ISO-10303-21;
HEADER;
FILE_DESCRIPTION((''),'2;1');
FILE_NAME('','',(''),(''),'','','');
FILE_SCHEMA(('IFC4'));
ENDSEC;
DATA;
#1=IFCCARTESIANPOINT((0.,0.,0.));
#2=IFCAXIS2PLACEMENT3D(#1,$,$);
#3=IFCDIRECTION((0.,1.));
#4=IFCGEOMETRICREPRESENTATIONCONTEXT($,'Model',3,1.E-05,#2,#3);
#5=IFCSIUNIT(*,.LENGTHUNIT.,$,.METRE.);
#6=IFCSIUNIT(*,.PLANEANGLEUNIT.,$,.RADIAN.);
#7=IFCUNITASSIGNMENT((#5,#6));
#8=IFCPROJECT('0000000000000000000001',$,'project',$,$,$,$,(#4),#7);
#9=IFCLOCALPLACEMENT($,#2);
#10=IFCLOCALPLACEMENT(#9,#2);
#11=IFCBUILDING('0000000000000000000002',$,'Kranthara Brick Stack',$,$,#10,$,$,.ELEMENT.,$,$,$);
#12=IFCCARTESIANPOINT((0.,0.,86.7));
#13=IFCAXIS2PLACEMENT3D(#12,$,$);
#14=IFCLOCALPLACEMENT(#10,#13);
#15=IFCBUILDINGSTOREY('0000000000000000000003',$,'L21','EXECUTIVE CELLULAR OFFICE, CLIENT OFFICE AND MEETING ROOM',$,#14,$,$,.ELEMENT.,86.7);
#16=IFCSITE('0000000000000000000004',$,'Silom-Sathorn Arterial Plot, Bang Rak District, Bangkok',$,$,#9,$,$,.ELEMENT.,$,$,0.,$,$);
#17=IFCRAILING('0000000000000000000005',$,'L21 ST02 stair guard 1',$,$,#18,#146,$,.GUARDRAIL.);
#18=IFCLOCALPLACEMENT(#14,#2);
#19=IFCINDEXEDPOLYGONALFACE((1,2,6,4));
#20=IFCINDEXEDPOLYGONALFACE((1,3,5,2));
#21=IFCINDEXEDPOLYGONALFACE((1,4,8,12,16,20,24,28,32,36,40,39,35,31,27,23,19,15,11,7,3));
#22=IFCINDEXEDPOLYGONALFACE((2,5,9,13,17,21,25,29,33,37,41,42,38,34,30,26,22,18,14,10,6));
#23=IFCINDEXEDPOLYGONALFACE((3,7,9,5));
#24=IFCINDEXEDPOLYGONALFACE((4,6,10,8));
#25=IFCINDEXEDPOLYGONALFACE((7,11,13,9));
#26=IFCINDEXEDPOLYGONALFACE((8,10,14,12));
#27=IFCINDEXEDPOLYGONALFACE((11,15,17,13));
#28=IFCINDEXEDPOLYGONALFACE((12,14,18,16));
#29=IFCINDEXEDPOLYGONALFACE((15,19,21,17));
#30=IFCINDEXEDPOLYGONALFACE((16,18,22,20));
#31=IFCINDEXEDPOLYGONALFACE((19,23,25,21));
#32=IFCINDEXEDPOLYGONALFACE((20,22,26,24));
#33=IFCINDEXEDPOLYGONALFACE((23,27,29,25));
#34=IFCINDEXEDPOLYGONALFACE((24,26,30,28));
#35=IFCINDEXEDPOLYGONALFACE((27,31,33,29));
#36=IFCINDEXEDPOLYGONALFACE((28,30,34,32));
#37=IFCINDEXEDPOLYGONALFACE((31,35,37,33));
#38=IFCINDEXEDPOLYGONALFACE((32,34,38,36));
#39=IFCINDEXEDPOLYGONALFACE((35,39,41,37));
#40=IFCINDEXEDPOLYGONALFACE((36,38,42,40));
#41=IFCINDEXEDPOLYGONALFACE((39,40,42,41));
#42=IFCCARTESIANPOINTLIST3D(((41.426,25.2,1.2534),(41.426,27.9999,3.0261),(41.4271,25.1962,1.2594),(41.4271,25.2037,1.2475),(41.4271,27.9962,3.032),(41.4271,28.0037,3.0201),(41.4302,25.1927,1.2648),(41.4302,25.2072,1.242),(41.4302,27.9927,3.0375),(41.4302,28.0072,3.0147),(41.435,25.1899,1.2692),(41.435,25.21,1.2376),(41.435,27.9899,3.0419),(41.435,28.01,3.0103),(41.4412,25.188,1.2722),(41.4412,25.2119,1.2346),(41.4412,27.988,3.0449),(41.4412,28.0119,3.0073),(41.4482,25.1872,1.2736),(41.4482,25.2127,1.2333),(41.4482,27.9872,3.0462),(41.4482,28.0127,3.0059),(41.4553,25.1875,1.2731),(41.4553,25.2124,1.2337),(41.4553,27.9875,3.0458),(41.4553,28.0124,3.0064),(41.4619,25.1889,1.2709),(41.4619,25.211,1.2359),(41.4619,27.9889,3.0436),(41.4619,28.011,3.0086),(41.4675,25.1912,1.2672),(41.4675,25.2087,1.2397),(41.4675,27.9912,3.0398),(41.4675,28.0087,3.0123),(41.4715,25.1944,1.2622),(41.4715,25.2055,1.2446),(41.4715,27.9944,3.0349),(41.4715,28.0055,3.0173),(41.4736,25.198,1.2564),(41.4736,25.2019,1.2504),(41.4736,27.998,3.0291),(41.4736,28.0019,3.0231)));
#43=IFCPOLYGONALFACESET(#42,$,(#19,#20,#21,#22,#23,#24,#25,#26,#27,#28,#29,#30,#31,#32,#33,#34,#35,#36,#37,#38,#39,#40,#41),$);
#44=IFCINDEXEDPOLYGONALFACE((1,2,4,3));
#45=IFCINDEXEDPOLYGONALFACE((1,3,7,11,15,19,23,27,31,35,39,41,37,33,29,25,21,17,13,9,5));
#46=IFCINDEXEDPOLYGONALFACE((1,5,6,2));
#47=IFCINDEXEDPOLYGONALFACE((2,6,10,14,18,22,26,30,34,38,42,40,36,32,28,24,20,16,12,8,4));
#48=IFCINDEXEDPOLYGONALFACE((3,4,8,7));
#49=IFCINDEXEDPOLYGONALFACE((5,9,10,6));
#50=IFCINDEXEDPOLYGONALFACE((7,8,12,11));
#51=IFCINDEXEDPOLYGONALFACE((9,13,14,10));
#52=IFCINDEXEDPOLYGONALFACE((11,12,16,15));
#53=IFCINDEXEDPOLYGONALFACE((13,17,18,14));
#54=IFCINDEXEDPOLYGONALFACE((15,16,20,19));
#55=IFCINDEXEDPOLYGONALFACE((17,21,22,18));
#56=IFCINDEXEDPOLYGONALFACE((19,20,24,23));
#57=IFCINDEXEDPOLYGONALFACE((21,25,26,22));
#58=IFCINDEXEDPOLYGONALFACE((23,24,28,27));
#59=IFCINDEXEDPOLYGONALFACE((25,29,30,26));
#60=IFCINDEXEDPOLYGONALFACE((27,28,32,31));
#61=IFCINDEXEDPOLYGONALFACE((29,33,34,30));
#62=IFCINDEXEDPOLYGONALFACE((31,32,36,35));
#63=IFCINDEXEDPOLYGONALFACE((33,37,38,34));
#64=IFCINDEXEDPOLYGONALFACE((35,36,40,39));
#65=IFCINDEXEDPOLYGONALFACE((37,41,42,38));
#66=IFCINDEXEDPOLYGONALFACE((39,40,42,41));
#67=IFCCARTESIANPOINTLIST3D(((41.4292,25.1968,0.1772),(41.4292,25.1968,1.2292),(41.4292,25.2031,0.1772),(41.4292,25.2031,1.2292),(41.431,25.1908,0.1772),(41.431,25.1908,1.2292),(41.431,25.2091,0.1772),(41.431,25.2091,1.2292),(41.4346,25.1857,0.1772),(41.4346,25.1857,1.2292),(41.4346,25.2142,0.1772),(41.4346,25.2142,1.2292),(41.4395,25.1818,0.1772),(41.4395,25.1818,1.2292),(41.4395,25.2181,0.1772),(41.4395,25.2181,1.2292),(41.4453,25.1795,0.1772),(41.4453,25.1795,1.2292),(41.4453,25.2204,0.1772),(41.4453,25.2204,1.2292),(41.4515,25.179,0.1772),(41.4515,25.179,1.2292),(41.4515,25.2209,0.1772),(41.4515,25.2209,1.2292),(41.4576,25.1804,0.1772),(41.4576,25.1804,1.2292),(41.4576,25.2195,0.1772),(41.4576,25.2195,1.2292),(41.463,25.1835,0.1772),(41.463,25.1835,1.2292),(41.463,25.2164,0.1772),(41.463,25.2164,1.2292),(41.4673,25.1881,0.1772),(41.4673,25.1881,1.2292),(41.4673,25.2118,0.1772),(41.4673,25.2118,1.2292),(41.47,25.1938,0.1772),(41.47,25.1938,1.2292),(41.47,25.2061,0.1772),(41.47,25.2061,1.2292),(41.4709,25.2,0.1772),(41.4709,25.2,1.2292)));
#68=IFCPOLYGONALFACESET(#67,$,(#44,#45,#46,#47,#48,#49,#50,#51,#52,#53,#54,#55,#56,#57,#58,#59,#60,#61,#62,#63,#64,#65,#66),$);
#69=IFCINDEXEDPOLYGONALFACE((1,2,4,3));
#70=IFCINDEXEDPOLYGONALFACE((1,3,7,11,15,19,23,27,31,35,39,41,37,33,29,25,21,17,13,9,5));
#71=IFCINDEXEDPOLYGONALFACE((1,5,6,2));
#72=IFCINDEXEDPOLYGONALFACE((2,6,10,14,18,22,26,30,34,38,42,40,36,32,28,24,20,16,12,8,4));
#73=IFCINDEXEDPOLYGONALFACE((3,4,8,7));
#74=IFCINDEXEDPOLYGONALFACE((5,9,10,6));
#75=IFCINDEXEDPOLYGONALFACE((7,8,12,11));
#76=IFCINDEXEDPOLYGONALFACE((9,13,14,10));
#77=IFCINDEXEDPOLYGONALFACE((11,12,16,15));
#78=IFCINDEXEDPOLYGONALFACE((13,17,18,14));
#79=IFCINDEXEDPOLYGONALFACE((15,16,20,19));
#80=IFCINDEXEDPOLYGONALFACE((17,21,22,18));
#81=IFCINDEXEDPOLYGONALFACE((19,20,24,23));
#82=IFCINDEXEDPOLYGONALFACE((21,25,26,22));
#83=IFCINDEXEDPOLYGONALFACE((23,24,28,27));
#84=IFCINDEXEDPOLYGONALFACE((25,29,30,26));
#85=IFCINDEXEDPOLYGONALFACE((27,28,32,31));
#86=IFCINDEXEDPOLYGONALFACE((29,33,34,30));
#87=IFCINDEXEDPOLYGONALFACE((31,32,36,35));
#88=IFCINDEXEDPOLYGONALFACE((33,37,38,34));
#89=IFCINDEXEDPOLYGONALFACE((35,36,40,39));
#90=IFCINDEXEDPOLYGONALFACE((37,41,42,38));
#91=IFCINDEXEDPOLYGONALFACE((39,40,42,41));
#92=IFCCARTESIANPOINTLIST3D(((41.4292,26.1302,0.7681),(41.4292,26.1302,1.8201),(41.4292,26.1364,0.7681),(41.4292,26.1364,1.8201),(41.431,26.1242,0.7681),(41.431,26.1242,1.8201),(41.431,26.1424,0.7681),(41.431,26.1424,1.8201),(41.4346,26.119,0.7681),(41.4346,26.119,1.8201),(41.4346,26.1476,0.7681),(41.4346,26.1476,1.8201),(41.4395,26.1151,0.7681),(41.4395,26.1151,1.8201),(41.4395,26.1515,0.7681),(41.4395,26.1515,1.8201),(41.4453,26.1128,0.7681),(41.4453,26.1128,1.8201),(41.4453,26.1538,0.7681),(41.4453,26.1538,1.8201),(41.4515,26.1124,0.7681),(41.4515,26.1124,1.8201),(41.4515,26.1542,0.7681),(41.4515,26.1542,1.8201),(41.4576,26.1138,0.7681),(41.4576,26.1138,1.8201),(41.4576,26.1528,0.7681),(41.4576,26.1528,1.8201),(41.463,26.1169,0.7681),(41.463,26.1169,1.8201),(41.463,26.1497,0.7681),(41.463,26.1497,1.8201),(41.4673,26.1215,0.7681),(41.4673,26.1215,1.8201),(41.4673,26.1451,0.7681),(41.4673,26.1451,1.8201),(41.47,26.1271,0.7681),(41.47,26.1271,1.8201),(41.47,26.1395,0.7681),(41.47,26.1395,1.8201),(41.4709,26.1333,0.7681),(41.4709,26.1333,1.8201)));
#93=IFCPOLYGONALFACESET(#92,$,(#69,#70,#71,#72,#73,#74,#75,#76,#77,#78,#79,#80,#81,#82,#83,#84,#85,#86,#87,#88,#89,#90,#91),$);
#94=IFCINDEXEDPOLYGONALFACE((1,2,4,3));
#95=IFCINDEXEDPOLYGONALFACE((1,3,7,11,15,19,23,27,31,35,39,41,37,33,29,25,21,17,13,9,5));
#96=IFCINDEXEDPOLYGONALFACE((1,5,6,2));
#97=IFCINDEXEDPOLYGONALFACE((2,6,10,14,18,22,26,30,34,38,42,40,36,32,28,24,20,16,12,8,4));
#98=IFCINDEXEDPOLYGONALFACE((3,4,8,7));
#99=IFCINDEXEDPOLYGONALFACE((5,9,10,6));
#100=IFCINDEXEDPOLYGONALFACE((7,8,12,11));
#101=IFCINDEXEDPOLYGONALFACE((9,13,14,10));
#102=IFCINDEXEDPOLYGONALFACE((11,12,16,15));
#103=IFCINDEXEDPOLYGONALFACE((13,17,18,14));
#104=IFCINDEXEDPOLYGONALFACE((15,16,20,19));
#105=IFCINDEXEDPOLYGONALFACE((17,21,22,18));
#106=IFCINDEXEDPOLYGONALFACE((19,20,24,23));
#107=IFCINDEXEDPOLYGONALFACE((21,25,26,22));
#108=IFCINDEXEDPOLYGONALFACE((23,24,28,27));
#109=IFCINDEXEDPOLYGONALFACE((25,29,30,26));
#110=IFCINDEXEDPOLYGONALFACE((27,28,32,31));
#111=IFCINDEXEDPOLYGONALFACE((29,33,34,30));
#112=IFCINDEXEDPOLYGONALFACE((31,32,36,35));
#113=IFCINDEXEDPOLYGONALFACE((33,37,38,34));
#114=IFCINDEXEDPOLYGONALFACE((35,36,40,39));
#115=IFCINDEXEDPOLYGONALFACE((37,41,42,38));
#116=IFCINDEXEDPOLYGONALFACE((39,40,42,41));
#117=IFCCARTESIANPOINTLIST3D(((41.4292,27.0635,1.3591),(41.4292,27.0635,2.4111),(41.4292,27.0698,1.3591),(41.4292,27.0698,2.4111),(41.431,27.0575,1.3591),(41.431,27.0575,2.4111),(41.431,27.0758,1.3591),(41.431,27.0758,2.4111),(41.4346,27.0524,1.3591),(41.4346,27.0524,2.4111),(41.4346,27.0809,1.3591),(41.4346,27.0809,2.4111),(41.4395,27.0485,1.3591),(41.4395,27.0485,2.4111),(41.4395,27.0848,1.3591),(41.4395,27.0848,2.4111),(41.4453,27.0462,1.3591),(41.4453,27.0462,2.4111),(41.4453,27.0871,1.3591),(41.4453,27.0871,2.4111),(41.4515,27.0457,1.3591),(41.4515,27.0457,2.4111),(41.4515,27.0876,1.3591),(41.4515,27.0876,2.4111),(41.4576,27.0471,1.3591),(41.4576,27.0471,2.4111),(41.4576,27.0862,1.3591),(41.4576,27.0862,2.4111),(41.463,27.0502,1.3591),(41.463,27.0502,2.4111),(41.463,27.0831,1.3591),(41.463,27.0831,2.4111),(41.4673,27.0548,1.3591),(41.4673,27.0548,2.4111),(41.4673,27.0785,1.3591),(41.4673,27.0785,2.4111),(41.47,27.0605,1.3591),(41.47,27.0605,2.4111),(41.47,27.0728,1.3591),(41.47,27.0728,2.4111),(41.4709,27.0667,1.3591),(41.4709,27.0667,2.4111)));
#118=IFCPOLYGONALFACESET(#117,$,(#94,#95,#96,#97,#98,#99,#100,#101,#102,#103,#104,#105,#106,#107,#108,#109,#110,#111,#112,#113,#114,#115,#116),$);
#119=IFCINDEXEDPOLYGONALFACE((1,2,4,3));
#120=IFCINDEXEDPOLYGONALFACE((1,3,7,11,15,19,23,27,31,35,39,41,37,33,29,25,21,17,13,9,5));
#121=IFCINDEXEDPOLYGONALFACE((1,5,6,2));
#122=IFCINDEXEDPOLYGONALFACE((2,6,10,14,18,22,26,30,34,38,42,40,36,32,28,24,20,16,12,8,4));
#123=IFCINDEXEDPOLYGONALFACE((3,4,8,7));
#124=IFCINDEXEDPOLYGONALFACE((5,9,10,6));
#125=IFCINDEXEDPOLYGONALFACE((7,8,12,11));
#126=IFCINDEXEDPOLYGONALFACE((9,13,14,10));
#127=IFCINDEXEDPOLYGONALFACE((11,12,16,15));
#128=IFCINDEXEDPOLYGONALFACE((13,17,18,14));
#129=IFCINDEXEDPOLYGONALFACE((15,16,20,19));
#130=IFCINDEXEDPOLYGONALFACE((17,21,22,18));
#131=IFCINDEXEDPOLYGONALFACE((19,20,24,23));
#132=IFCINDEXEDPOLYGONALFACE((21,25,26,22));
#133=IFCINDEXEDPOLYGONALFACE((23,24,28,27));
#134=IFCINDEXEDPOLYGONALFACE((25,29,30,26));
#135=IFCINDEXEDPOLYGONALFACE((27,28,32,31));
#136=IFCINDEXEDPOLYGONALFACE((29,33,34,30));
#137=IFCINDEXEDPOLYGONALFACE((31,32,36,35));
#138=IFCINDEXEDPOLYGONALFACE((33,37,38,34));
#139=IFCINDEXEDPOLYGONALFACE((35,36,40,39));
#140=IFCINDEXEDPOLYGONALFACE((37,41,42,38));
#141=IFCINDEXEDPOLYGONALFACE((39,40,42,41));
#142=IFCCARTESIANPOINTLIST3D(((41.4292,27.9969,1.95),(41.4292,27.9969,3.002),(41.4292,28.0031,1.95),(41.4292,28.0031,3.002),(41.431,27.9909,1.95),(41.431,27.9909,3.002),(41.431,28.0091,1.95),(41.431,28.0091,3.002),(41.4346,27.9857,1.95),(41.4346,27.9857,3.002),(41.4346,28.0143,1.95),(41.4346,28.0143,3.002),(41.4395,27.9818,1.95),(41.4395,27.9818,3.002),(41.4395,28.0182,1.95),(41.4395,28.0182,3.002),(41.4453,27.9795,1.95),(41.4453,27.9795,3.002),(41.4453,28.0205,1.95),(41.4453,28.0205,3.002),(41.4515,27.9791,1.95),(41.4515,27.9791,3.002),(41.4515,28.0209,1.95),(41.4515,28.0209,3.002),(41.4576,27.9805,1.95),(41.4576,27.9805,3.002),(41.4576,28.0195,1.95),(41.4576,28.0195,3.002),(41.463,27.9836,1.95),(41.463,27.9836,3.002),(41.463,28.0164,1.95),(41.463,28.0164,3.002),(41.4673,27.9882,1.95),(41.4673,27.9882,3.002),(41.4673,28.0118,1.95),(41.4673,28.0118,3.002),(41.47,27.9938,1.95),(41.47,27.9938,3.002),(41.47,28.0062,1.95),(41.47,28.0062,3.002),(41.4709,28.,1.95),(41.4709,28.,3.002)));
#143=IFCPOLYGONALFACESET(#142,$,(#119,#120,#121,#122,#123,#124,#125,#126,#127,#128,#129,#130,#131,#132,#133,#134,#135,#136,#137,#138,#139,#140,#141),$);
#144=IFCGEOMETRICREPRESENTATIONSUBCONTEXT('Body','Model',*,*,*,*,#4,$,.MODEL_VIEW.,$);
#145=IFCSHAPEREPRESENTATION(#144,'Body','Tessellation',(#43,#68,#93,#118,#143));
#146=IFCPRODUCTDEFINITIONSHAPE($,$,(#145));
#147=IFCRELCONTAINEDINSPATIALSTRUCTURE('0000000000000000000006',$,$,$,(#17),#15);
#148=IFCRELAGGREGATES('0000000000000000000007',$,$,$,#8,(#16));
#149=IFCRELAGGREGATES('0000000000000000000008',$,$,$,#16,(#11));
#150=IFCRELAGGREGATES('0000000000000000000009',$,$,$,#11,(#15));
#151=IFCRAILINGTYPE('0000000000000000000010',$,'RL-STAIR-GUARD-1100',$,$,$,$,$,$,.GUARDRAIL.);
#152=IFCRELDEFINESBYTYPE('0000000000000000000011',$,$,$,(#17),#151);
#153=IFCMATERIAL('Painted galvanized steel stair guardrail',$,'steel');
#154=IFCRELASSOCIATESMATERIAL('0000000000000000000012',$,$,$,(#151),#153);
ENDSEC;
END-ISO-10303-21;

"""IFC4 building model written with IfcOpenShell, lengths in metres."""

from ifc_helpers import new_model, si_unit, direction, frame, origin, origin_2d, place, context, subcontext, project, spatial, circle, extrude, material, type_object, element, save


model = new_model("IFC4")

# Units and contexts
model_context = context("Model", 3, precision=1e-05, world=origin(), true_north=direction((0.0, 1.0)))
body_context = subcontext(model_context, "Body", "Model", "MODEL_VIEW")
ifc_project = project(units=[si_unit("LENGTHUNIT", "METRE"), si_unit("PLANEANGLEUNIT", "RADIAN")], contexts=[model_context])

# Site, building, storey
site_placement = place(None, origin())
site = spatial("IfcSite", under=ifc_project, at=site_placement, Name="Silom-Sathorn Arterial Plot, Bang Rak District, Bangkok", CompositionType="ELEMENT", RefElevation=0.0)
building_placement = place(site_placement, origin())
building = spatial("IfcBuilding", under=site, at=building_placement, Name="Kranthara Brick Stack", CompositionType="ELEMENT")
storey_placement = place(building_placement, frame((0.0, 0.0, 86.7)))
storey = spatial("IfcBuildingStorey", under=building, at=storey_placement, Name="L21", Description="EXECUTIVE CELLULAR OFFICE, CLIENT OFFICE AND MEETING ROOM", CompositionType="ELEMENT", Elevation=86.7)

# Railing
ifc_material_1 = material(Name="Painted galvanized steel stair guardrail", Category="steel")
railing_type_1 = type_object("IfcRailingType", Name="RL-STAIR-GUARD-1100", PredefinedType="GUARDRAIL", material=ifc_material_1)
railing_1_placement = place(storey_placement, frame((41.45, 25.2, 0.1772)))
element("IfcRailing", 1, at=railing_1_placement, inside=storey, type_object=railing_type_1, Name="L21 ST02 stair guard 1", PredefinedType="GUARDRAIL", context=body_context, shape_type="SweptSolid", body=[
    extrude(circle(Radius=0.0239, at=origin_2d()), frame((0.0, 0.0, 1.0762), z_axis=(0.0, 0.844909, 0.53491), x_axis=(-1.0, 0.0, 0.0)), (0.0, 0.0, 1.0), 3.314),
    extrude(circle(Radius=0.021, at=origin_2d()), origin(), (0.0, 0.0, 1.0), 1.052),
    extrude(circle(Radius=0.021, at=origin_2d()), frame((0.0, 0.9333, 0.5908)), (0.0, 0.0, 1.0), 1.052),
    extrude(circle(Radius=0.021, at=origin_2d()), frame((0.0, 1.8667, 1.1819)), (0.0, 0.0, 1.0), 1.052),
    extrude(circle(Radius=0.021, at=origin_2d()), frame((0.0, 2.8, 1.7727)), (0.0, 0.0, 1.0), 1.052),
])

save(model, "model.ifc")
